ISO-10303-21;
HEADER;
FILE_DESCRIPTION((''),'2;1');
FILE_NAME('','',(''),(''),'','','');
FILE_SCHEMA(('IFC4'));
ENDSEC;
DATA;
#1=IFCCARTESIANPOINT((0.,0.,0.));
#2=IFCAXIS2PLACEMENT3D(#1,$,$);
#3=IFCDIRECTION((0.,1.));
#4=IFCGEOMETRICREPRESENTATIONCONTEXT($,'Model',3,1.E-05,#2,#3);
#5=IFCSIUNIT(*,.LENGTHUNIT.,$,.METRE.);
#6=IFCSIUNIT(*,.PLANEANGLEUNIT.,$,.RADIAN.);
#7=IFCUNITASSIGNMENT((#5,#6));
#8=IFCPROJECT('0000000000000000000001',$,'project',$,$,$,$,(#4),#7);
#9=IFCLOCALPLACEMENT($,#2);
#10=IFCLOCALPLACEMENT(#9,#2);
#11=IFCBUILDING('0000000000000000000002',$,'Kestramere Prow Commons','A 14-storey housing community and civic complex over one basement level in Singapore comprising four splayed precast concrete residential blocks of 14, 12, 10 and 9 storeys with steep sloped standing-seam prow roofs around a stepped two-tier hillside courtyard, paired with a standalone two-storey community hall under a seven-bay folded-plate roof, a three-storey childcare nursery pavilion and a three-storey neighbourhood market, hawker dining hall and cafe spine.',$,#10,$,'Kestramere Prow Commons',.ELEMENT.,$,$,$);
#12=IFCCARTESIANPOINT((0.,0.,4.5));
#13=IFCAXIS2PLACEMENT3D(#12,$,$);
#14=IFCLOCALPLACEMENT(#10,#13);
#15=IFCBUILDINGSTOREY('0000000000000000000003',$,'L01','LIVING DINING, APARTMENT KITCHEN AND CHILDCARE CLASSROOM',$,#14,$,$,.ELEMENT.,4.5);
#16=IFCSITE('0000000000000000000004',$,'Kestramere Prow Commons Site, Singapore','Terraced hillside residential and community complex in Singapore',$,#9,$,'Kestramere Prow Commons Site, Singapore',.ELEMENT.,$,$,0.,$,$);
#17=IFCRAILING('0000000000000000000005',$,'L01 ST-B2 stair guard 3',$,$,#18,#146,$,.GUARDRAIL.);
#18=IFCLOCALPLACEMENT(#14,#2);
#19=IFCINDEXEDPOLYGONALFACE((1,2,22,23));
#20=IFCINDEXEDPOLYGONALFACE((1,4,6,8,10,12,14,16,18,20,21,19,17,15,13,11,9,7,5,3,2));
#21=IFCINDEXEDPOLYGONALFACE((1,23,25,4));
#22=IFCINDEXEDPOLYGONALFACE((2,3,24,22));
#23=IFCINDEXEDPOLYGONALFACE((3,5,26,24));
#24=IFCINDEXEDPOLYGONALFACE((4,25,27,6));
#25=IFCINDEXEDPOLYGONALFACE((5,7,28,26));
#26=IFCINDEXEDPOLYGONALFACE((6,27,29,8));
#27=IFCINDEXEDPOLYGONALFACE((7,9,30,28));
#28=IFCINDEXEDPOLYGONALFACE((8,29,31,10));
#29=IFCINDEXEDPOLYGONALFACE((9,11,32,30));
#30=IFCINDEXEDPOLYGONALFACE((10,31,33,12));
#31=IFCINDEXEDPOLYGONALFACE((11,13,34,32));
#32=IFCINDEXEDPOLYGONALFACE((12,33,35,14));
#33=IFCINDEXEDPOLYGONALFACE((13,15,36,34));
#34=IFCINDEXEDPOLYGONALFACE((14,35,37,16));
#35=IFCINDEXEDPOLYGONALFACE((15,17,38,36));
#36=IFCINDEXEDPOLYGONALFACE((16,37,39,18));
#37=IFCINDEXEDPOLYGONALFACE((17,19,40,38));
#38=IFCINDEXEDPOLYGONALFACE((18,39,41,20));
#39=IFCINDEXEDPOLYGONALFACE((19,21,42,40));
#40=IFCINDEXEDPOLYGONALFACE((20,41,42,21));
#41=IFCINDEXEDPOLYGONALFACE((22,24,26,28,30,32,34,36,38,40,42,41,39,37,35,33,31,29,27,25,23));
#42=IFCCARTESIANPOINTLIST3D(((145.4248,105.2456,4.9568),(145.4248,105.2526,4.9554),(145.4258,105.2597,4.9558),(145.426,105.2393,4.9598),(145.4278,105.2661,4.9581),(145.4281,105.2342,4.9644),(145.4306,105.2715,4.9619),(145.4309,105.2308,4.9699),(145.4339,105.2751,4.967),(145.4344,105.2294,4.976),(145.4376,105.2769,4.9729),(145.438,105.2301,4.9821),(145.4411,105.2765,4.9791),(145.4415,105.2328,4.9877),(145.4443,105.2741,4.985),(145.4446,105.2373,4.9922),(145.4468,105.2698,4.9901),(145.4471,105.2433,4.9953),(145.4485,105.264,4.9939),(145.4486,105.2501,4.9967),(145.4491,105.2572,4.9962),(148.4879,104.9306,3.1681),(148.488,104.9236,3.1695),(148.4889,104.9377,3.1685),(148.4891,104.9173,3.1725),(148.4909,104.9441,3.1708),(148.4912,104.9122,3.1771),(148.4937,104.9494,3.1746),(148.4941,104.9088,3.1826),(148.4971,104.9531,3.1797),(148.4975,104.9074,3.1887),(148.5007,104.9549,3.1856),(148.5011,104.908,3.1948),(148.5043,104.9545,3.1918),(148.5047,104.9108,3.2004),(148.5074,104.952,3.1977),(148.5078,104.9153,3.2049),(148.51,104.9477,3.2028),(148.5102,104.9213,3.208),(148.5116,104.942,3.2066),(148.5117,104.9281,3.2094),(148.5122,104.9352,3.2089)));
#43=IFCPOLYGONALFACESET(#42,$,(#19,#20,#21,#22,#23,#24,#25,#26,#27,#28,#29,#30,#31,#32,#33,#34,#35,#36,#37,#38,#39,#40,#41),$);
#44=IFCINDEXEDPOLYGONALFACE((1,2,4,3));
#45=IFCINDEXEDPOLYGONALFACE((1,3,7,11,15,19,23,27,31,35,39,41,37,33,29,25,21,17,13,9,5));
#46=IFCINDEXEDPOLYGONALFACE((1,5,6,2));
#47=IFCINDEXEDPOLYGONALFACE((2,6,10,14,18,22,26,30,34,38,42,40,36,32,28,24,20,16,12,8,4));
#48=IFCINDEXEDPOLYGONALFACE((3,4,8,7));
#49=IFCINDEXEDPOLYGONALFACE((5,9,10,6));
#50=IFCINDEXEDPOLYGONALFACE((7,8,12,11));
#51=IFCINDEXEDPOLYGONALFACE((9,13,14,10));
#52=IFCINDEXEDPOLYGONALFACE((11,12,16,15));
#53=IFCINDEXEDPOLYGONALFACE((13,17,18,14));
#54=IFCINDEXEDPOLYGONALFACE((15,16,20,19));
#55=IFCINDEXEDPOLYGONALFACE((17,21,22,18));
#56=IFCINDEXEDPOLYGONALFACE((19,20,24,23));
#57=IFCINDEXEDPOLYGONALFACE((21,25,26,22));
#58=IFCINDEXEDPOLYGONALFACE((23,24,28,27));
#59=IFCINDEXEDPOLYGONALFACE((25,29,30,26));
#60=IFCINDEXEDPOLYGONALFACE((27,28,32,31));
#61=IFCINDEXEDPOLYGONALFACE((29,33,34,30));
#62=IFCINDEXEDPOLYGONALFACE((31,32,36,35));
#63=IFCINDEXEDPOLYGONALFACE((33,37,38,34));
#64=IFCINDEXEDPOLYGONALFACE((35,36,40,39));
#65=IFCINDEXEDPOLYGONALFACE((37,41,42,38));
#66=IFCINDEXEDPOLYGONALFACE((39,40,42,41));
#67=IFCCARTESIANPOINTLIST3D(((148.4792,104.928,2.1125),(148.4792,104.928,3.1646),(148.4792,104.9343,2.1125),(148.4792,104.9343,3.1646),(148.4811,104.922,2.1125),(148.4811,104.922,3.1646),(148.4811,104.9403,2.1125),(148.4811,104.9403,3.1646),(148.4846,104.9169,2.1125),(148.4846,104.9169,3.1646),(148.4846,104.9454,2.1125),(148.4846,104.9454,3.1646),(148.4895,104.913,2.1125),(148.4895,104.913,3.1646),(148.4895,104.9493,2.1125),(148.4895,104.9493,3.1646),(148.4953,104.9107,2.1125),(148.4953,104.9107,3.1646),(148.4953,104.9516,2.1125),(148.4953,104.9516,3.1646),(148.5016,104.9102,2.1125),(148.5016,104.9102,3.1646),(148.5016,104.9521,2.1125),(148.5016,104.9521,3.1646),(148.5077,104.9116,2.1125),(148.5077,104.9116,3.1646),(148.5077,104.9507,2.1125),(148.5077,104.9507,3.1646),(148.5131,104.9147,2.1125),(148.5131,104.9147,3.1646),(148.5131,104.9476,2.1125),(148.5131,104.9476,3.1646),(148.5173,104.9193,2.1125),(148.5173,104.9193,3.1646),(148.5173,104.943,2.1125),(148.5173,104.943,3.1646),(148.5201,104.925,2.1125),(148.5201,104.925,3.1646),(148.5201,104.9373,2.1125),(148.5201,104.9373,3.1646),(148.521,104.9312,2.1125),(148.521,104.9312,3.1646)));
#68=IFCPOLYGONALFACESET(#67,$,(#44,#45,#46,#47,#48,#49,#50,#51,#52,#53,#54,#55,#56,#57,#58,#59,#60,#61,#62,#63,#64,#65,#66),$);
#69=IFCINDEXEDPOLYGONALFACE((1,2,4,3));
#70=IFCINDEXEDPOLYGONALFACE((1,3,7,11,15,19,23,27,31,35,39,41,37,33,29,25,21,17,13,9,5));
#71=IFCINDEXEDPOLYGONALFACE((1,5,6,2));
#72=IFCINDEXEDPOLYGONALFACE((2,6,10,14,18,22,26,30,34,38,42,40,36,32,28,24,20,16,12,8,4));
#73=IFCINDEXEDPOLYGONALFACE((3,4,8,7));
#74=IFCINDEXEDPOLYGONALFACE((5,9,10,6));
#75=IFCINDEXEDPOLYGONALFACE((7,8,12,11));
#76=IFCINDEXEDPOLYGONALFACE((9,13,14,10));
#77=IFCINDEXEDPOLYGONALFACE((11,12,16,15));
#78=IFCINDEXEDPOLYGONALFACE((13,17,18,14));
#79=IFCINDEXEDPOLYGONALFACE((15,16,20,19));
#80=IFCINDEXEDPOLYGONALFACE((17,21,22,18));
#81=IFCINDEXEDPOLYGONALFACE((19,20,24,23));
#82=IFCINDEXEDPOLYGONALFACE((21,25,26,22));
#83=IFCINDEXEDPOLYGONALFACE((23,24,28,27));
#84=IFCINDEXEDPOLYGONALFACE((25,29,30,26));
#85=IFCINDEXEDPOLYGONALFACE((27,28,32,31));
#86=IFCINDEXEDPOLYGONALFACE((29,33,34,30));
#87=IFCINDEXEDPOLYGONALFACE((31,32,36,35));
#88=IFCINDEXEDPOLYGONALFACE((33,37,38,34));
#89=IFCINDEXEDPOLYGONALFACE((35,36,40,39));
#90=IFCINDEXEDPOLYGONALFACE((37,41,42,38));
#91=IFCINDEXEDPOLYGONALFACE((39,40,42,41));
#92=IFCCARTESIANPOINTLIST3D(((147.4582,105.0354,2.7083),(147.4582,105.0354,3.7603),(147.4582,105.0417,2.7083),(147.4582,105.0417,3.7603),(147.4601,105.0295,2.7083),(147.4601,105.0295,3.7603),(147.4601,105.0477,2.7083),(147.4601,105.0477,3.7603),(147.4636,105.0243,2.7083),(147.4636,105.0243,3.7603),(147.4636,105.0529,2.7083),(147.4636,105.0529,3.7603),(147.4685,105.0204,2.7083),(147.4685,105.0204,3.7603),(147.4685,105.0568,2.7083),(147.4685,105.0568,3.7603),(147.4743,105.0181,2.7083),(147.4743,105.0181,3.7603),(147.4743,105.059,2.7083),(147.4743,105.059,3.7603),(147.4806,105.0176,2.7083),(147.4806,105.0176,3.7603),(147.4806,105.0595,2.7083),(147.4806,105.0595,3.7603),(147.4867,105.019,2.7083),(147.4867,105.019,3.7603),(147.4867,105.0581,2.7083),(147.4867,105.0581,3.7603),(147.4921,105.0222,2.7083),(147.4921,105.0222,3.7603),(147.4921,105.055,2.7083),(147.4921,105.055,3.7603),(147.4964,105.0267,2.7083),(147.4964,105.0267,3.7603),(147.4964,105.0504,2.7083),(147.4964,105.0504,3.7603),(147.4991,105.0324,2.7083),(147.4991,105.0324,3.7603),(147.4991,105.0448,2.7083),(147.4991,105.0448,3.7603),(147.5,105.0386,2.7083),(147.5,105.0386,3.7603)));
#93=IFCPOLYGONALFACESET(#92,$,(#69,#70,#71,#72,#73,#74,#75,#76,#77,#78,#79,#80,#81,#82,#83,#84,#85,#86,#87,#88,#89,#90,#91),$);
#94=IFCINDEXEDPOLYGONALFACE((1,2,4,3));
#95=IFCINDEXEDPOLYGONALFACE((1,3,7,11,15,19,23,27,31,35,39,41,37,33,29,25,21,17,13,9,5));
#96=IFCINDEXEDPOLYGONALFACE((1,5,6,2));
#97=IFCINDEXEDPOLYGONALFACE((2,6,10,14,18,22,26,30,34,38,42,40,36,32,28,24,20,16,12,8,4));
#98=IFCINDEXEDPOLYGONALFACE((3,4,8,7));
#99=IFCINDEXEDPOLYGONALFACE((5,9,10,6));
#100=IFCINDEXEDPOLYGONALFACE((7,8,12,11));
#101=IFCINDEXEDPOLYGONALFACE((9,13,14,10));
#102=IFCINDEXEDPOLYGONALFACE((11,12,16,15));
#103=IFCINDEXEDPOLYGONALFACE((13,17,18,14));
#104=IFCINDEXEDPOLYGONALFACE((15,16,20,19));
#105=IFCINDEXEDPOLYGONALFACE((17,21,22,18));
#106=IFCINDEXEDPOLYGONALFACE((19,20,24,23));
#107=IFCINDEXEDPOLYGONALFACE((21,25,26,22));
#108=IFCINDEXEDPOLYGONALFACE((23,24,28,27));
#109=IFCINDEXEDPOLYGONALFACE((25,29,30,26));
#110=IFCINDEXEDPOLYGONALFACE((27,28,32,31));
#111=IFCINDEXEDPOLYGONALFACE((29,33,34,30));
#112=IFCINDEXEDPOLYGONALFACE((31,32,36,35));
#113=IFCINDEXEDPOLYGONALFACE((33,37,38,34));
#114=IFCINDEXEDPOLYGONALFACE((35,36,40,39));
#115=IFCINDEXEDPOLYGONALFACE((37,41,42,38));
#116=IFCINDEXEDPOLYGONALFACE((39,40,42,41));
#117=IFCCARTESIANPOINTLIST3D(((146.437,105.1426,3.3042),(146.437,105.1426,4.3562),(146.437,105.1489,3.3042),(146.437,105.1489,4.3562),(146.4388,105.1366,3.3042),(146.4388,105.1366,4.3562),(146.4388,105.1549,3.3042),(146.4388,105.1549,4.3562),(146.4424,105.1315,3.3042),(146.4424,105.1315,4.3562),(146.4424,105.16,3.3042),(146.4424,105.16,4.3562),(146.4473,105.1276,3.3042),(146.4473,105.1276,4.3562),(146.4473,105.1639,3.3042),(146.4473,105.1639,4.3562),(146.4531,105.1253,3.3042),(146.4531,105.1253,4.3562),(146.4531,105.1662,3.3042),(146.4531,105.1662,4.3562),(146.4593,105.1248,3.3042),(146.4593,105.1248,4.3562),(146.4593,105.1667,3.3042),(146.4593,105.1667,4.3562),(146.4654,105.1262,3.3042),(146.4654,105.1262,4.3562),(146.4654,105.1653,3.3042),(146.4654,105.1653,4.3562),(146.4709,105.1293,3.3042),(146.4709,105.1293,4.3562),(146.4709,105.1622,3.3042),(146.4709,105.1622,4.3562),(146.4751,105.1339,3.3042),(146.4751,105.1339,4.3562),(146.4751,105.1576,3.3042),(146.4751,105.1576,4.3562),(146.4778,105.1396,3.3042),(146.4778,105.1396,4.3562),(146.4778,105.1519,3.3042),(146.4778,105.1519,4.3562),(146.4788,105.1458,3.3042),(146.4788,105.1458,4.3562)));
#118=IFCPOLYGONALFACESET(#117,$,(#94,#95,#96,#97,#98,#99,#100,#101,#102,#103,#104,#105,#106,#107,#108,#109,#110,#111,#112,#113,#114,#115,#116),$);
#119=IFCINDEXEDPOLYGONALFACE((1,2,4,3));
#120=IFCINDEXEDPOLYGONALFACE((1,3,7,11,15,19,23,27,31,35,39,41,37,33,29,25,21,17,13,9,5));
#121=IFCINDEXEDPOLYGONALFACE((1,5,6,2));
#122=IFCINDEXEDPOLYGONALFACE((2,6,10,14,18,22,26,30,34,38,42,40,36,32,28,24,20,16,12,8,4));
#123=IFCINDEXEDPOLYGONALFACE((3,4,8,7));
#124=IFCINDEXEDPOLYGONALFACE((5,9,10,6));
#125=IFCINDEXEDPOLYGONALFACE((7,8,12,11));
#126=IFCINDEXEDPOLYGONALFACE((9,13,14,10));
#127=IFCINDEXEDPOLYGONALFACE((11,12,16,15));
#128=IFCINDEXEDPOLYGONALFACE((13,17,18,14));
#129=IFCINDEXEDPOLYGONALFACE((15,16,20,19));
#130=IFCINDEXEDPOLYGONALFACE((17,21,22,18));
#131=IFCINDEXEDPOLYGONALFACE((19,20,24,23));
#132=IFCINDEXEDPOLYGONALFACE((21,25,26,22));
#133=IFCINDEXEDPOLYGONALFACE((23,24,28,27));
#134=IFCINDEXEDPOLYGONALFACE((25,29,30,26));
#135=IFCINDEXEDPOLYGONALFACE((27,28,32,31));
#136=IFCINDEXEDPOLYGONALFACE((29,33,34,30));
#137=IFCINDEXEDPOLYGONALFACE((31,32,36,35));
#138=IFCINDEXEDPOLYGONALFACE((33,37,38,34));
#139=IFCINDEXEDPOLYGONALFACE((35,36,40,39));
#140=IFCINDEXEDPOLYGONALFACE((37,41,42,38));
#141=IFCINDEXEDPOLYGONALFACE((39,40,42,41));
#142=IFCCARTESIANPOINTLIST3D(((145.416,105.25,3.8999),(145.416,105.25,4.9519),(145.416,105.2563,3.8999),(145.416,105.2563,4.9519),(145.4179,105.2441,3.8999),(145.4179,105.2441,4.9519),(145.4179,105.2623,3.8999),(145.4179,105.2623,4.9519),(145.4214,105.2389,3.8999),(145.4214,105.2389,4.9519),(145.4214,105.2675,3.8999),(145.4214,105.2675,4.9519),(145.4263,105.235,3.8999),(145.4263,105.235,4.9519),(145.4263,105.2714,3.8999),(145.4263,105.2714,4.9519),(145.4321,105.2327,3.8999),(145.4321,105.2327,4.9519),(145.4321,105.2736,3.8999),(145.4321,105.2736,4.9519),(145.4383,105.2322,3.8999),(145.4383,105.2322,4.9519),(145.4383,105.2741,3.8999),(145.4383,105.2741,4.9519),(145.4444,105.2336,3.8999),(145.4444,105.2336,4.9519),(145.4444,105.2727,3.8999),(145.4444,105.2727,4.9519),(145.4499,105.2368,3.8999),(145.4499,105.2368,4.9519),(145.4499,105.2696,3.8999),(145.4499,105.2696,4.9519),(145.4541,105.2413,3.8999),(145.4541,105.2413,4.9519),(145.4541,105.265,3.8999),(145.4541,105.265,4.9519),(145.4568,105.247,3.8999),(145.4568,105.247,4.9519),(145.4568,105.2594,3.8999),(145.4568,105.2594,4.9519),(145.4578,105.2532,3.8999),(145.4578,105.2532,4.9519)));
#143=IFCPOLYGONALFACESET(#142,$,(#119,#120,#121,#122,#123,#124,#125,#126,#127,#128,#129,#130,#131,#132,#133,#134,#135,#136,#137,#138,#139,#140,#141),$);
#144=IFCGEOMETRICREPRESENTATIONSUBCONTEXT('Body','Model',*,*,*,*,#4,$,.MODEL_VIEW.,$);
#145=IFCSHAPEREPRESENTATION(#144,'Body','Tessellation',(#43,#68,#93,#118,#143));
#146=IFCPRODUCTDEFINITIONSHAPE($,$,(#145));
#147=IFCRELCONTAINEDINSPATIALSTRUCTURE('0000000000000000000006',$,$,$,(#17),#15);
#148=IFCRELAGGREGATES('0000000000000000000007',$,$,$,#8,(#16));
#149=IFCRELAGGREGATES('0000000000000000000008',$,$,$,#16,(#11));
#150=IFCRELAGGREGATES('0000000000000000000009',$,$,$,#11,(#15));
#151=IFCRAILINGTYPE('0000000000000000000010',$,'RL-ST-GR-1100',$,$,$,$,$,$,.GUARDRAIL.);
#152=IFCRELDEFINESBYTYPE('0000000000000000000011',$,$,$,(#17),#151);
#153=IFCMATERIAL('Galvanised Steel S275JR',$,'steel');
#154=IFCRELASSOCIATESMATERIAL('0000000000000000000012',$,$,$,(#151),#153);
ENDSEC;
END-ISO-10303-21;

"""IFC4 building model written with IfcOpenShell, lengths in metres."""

from ifc_helpers import new_model, si_unit, direction, frame, origin, origin_2d, place, context, subcontext, project, spatial, circle, extrude, material, type_object, element, save


model = new_model("IFC4")

# Units and contexts
model_context = context("Model", 3, precision=1e-05, world=origin(), true_north=direction((0.0, 1.0)))
body_context = subcontext(model_context, "Body", "Model", "MODEL_VIEW")
ifc_project = project(units=[si_unit("LENGTHUNIT", "METRE"), si_unit("PLANEANGLEUNIT", "RADIAN")], contexts=[model_context])

# Site, building, storey
site_placement = place(None, origin())
site = spatial("IfcSite", under=ifc_project, at=site_placement, Name="Kestramere Prow Commons Site, Singapore", Description="Terraced hillside residential and community complex in Singapore", LongName="Kestramere Prow Commons Site, Singapore", CompositionType="ELEMENT", RefElevation=0.0)
building_placement = place(site_placement, origin())
building = spatial("IfcBuilding", under=site, at=building_placement, Name="Kestramere Prow Commons", Description="A 14-storey housing community and civic complex over one basement level in Singapore comprising four splayed precast concrete residential blocks of 14, 12, 10 and 9 storeys with steep sloped standing-seam prow roofs around a stepped two-tier hillside courtyard, paired with a standalone two-storey community hall under a seven-bay folded-plate roof, a three-storey childcare nursery pavilion and a three-storey neighbourhood market, hawker dining hall and cafe spine.", LongName="Kestramere Prow Commons", CompositionType="ELEMENT")
storey_placement = place(building_placement, frame((0.0, 0.0, 4.5)))
storey = spatial("IfcBuildingStorey", under=building, at=storey_placement, Name="L01", Description="LIVING DINING, APARTMENT KITCHEN AND CHILDCARE CLASSROOM", CompositionType="ELEMENT", Elevation=4.5)

# Railing
ifc_material_1 = material(Name="Galvanised Steel S275JR", Category="steel")
railing_type_1 = type_object("IfcRailingType", Name="RL-ST-GR-1100", PredefinedType="GUARDRAIL", material=ifc_material_1)
railing_1_placement = place(storey_placement, frame((148.5, 104.9312, 2.1125)))
element("IfcRailing", 1, at=railing_1_placement, inside=storey, type_object=railing_type_1, Name="L01 ST-B2 stair guard 3", PredefinedType="GUARDRAIL", context=body_context, shape_type="SweptSolid", body=[
    extrude(circle(Radius=0.0239, at=origin_2d()), frame((0.0, 0.0, 1.0762), z_axis=(-0.860183, 0.090426, 0.501905), x_axis=(-0.104549, -0.99452, 0.0)), (0.0, 0.0, 1.0), 3.561),
    extrude(circle(Radius=0.021, at=origin_2d()), origin(), (0.0, 0.0, 1.0), 1.052),
    extrude(circle(Radius=0.021, at=origin_2d()), frame((-1.021, 0.1074, 0.5957)), (0.0, 0.0, 1.0), 1.052),
    extrude(circle(Radius=0.021, at=origin_2d()), frame((-2.0422, 0.2146, 1.1917)), (0.0, 0.0, 1.0), 1.052),
    extrude(circle(Radius=0.021, at=origin_2d()), frame((-3.0632, 0.322, 1.7874)), (0.0, 0.0, 1.0), 1.052),
])

save(model, "model.ifc")
